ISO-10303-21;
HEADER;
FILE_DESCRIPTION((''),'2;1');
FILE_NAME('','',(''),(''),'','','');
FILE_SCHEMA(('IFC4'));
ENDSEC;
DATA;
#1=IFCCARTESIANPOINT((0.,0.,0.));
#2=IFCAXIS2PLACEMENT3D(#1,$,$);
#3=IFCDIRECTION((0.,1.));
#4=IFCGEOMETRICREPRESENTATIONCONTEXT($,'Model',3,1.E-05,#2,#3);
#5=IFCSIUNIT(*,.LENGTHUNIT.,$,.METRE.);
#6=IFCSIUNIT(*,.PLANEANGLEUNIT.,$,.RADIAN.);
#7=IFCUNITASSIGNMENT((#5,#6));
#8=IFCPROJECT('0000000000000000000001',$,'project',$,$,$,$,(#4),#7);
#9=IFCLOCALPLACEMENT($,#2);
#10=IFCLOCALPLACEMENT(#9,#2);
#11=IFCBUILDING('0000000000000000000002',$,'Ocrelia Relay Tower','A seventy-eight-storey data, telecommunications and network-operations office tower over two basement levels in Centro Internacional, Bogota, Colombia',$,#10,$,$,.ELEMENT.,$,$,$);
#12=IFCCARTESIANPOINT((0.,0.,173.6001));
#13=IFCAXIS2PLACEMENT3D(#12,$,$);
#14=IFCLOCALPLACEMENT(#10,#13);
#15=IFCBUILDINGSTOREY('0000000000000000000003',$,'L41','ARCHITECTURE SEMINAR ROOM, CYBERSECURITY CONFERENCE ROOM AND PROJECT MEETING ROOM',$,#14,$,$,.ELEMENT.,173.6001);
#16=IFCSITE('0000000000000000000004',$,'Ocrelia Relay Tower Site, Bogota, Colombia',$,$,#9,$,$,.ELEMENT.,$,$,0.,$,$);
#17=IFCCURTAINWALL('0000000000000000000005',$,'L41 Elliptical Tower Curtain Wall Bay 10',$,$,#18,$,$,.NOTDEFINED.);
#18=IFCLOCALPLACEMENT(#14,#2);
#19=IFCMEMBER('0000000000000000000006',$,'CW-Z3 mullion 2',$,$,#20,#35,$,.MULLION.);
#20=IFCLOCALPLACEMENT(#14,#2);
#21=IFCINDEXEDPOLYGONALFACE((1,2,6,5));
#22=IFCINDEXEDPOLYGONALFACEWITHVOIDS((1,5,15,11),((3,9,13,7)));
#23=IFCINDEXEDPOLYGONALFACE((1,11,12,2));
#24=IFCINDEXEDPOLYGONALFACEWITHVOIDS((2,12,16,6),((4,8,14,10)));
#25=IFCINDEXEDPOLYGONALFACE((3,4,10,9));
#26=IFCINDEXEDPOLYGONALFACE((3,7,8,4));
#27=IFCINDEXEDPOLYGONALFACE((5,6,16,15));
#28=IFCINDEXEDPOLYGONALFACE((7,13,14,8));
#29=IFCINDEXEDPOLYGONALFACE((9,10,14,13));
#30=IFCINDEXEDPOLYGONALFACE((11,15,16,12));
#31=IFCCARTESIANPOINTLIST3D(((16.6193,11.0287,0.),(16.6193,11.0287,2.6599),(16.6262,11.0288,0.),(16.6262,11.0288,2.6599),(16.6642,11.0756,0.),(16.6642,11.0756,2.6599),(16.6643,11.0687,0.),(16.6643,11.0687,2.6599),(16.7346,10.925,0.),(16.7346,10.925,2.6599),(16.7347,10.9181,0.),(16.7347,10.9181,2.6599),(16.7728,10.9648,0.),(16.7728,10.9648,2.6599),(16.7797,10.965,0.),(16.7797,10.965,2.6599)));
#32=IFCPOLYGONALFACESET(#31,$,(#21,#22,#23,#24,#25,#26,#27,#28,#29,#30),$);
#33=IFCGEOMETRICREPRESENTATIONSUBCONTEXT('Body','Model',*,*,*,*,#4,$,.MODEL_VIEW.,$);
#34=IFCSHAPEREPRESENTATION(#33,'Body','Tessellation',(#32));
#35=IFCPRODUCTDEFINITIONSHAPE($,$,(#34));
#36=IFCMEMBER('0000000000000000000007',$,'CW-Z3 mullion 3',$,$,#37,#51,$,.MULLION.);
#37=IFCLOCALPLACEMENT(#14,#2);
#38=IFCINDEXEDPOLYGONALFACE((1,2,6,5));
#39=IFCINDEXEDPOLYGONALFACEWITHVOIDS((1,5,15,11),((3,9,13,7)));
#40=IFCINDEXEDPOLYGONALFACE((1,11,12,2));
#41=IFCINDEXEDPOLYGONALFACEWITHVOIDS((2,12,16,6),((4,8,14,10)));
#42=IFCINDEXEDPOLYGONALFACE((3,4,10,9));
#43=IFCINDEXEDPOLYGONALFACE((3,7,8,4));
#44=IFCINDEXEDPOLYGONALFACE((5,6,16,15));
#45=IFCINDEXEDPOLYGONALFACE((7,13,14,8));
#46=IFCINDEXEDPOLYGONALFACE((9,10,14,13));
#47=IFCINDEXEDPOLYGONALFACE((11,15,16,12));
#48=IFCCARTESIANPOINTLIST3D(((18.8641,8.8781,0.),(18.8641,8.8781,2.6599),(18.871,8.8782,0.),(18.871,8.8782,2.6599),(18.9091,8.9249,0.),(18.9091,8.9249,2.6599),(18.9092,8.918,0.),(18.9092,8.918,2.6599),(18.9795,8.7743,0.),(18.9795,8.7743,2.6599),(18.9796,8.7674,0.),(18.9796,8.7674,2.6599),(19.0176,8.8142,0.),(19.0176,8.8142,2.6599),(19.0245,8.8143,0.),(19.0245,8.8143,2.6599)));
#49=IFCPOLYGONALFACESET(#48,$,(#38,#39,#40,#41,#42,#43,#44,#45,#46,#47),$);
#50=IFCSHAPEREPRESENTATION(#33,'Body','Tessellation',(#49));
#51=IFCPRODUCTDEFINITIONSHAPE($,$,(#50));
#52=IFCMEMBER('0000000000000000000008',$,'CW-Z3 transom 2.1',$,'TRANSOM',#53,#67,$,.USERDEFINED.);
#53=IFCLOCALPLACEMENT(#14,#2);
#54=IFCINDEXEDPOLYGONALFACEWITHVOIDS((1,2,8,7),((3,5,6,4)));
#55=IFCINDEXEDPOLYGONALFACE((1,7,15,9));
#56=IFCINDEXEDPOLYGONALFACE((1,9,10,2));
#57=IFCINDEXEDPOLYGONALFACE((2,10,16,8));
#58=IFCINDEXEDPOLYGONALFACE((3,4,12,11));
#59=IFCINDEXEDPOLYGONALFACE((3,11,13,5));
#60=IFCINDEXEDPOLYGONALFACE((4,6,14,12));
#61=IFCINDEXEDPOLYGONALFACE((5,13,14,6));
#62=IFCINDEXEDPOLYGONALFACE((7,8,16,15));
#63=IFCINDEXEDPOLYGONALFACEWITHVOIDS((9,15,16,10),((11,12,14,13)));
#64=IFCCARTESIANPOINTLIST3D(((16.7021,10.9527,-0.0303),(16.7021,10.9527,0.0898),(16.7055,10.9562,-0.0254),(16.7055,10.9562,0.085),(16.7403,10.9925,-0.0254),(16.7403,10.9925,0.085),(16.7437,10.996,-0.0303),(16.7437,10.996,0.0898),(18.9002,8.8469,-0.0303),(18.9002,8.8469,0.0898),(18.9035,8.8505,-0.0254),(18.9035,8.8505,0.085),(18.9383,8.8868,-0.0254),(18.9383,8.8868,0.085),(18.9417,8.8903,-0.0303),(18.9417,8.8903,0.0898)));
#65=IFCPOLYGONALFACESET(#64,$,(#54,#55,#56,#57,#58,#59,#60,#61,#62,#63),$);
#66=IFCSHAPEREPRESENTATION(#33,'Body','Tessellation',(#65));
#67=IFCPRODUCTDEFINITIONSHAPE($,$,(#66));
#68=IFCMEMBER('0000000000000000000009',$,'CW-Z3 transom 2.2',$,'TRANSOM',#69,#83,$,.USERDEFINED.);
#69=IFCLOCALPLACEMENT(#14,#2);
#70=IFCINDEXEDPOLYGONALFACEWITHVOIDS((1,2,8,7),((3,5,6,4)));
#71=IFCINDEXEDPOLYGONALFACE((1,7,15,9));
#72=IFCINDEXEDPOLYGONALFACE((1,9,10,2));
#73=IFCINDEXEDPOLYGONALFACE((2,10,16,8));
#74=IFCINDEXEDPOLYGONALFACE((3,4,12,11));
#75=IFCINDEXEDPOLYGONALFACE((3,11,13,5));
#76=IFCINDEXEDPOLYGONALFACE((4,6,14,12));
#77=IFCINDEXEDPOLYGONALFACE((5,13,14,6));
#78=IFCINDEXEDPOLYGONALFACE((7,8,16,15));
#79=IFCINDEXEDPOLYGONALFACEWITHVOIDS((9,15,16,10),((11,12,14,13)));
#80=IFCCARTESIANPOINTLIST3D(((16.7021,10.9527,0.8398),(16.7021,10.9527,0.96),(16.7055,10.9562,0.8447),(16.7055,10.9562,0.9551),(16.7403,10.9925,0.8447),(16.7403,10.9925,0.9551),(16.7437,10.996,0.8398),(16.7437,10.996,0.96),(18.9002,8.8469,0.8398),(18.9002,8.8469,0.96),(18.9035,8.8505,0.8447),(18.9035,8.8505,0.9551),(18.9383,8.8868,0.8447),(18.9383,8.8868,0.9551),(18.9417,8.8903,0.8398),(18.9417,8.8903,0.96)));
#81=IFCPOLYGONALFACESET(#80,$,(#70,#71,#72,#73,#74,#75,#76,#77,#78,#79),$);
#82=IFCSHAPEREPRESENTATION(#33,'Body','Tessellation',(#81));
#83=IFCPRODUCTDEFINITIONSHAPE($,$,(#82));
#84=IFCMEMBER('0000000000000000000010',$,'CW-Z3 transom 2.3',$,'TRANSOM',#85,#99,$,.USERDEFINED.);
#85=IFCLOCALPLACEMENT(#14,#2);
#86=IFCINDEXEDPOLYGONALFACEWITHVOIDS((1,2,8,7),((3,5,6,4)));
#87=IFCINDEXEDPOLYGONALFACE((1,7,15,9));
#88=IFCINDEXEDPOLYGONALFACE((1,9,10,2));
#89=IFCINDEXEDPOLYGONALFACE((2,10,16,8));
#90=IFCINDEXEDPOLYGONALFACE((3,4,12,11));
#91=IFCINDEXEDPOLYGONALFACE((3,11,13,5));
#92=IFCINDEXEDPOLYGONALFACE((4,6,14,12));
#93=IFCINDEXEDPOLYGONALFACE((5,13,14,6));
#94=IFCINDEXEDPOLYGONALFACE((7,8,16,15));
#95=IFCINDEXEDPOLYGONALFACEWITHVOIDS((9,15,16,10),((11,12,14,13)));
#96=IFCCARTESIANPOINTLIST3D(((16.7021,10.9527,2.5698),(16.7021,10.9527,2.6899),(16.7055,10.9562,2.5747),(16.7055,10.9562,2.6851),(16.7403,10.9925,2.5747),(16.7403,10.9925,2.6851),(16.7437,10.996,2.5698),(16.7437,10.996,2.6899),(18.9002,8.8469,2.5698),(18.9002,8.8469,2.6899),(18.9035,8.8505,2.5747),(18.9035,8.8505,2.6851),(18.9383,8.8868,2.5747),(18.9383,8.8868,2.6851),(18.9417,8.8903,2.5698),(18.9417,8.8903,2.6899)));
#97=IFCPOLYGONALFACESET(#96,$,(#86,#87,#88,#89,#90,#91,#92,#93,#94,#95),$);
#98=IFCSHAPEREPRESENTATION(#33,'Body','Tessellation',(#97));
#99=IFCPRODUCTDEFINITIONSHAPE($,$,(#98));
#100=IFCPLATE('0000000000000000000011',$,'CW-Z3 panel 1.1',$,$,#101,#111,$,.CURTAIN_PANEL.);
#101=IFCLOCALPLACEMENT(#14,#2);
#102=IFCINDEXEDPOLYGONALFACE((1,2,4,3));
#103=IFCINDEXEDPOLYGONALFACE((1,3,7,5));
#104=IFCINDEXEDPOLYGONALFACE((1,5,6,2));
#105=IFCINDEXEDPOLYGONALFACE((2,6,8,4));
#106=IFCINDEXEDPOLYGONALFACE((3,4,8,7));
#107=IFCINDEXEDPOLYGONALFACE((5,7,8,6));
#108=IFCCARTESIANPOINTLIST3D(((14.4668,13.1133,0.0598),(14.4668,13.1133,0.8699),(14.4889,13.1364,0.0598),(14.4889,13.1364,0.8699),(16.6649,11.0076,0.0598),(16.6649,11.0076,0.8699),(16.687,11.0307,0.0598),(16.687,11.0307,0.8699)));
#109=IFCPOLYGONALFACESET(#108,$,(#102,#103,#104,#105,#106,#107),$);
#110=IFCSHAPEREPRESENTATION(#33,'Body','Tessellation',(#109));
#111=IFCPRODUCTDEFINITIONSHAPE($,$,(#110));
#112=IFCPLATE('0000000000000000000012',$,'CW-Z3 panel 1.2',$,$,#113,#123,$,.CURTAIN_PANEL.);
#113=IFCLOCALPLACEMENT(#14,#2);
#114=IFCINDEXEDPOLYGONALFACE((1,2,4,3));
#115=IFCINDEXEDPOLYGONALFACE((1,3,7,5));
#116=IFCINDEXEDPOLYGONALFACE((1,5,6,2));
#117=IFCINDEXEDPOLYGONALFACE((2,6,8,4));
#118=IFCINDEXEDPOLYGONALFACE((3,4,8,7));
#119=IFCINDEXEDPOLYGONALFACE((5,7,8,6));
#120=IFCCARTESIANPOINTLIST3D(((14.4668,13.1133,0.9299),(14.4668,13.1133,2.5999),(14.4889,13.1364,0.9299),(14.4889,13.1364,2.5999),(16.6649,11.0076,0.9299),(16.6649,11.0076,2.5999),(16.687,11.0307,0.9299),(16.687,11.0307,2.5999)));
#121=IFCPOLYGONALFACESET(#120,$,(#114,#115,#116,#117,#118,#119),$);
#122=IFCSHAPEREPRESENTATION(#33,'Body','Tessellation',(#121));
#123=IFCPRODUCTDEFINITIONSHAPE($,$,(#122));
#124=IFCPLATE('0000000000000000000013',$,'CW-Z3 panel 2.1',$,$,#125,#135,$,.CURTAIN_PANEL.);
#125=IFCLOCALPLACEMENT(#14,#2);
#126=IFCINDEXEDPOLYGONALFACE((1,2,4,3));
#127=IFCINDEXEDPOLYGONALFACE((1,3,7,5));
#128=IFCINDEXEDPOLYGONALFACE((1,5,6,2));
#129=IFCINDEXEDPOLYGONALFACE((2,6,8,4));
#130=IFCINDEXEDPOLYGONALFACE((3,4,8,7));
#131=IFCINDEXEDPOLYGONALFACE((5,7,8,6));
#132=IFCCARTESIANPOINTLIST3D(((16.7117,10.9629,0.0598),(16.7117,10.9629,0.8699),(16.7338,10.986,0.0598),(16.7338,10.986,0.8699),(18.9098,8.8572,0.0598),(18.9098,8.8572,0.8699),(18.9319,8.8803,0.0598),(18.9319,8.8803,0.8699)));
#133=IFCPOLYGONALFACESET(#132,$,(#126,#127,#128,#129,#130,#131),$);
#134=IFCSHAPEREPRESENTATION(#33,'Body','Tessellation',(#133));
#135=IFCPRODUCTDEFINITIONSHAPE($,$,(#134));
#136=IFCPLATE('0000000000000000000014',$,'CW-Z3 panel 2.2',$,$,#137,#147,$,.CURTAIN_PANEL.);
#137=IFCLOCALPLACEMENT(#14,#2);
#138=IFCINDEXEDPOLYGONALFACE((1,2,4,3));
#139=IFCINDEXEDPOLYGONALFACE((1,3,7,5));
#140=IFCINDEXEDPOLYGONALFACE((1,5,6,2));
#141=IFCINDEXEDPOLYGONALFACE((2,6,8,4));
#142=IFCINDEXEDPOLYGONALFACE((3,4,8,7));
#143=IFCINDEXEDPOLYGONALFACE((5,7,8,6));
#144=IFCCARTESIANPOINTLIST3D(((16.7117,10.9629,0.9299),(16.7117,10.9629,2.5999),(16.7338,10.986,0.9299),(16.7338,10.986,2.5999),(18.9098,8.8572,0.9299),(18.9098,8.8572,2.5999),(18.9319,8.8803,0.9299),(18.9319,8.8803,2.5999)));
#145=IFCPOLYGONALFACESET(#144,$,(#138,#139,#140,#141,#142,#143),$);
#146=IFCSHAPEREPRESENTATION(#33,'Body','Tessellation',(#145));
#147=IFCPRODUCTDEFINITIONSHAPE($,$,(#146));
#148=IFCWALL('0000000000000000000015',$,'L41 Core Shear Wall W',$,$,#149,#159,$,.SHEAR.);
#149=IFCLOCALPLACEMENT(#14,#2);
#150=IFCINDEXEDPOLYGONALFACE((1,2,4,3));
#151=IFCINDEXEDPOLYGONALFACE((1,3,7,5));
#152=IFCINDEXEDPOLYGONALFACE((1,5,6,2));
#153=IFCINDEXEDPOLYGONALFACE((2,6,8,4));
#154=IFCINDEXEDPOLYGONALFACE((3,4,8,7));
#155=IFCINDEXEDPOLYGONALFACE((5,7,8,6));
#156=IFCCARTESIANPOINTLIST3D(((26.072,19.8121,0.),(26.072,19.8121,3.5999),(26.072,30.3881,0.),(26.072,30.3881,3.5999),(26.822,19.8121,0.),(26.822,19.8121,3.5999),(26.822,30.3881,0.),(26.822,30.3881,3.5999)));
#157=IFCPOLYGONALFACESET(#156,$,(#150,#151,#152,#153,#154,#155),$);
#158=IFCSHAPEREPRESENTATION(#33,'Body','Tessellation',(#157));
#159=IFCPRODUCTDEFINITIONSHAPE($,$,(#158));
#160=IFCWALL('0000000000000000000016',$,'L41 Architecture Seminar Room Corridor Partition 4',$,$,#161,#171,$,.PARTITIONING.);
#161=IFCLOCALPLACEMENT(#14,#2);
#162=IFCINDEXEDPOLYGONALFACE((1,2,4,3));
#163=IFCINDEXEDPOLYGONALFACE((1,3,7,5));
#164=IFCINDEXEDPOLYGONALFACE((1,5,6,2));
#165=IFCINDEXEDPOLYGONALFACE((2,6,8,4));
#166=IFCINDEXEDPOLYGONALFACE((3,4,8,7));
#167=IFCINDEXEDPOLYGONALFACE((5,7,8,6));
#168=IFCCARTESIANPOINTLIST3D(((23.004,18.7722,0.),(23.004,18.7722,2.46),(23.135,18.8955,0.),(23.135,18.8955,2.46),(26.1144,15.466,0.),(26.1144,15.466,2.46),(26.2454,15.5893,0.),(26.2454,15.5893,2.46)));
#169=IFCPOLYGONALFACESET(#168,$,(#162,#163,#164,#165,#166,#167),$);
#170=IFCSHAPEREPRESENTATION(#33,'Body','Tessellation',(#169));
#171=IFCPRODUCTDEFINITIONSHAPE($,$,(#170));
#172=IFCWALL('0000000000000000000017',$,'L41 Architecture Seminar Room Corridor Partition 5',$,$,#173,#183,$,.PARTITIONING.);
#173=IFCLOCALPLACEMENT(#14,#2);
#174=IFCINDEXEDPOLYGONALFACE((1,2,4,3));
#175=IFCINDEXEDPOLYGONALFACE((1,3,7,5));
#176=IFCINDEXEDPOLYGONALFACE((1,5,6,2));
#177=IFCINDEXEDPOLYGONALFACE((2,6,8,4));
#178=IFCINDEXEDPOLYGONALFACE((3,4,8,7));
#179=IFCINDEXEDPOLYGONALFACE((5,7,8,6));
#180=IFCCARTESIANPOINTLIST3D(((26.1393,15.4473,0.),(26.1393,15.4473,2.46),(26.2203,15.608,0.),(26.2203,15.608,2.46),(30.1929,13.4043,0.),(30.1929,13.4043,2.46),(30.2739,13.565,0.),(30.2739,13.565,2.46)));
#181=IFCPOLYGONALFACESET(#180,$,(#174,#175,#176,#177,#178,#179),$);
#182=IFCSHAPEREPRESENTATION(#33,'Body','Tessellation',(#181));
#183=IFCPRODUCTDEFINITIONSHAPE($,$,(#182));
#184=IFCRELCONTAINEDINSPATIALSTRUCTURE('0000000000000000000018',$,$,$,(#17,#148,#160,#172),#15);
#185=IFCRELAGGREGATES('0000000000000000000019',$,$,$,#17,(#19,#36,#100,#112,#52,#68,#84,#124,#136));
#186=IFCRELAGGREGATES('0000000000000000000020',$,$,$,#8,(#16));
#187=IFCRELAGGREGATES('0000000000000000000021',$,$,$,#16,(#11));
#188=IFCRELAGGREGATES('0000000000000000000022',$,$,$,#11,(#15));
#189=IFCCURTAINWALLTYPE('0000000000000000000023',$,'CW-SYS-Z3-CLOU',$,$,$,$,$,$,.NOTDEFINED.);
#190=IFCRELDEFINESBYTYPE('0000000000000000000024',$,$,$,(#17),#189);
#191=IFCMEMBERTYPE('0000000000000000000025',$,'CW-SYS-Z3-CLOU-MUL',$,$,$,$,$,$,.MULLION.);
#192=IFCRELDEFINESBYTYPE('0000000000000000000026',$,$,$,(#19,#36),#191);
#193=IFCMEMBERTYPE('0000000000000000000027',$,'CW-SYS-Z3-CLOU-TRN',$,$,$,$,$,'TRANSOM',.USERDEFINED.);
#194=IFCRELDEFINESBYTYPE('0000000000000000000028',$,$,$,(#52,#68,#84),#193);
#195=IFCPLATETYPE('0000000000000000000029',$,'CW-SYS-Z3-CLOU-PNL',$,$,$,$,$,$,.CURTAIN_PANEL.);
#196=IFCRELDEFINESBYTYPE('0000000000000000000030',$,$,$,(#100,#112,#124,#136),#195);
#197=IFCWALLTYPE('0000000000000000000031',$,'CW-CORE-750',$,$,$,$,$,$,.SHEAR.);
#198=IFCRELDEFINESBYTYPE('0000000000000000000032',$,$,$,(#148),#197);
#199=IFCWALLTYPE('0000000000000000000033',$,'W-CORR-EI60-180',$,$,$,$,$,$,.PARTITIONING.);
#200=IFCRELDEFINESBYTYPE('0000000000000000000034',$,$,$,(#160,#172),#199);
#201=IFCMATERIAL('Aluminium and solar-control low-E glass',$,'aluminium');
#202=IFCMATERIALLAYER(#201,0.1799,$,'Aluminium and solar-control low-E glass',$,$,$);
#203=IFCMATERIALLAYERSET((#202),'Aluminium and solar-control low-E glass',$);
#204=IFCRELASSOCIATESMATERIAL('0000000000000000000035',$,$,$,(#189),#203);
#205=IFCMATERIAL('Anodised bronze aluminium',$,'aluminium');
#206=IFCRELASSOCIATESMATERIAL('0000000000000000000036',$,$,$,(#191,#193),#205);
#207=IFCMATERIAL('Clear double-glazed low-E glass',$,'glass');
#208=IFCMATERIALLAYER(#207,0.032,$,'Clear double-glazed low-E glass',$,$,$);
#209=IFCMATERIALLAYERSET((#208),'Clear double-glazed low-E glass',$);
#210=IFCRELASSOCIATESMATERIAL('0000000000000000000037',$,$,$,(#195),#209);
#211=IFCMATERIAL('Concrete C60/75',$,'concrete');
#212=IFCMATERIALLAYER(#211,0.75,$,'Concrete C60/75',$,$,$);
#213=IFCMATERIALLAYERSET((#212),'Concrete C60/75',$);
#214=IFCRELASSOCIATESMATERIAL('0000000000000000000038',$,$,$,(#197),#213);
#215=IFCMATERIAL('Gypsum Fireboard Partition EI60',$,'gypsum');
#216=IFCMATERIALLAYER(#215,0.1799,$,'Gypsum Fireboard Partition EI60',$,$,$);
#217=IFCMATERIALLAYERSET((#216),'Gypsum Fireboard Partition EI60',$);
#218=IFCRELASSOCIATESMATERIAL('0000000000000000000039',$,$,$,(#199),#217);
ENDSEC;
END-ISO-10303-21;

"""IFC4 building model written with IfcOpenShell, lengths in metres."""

from ifc_helpers import new_model, si_unit, direction, frame, frame_2d, origin, origin_2d, place, context, subcontext, project, spatial, rectangle, hollow_rectangle, extrude, material, layer, layer_set, material_profile, profile_set, type_object, element, aggregate, save


model = new_model("IFC4")

# Units and contexts
model_context = context("Model", 3, precision=1e-05, world=origin(), true_north=direction((0.0, 1.0)))
body_context = subcontext(model_context, "Body", "Model", "MODEL_VIEW")
ifc_project = project(units=[si_unit("LENGTHUNIT", "METRE"), si_unit("PLANEANGLEUNIT", "RADIAN")], contexts=[model_context])

# Site, building, storey
site_placement = place(None, origin())
site = spatial("IfcSite", under=ifc_project, at=site_placement, Name="Ocrelia Relay Tower Site, Bogota, Colombia", CompositionType="ELEMENT", RefElevation=0.0)
building_placement = place(site_placement, origin())
building = spatial("IfcBuilding", under=site, at=building_placement, Name="Ocrelia Relay Tower", Description="A seventy-eight-storey data, telecommunications and network-operations office tower over two basement levels in Centro Internacional, Bogota, Colombia", CompositionType="ELEMENT")
storey_placement = place(building_placement, frame((0.0, 0.0, 173.6001)))
storey = spatial("IfcBuildingStorey", under=building, at=storey_placement, Name="L41", Description="ARCHITECTURE SEMINAR ROOM, CYBERSECURITY CONFERENCE ROOM AND PROJECT MEETING ROOM", CompositionType="ELEMENT", Elevation=173.6001)

# Shared definitions
ifc_material_1 = material(Name="Concrete C60/75", Category="concrete")

# Curtain wall, members, plates
ifc_material_2 = material(Name="Aluminium and solar-control low-E glass", Category="aluminium")
ifc_layer_1 = layer(ifc_material_2, 0.1799, Name="Aluminium and solar-control low-E glass")
ifc_layer_set_1 = layer_set([ifc_layer_1], Name="Aluminium and solar-control low-E glass")
curtain_wall_type = type_object("IfcCurtainWallType", Name="CW-SYS-Z3-CLOU", PredefinedType="NOTDEFINED", material=ifc_layer_set_1)
curtain_wall_placement = place(storey_placement, origin())
curtain_wall = element("IfcCurtainWall", 1, at=curtain_wall_placement, inside=storey, type_object=curtain_wall_type, Name="L41 Elliptical Tower Curtain Wall Bay 10", PredefinedType="NOTDEFINED")
ifc_material_3 = material(Name="Anodised bronze aluminium", Category="aluminium")
ifc_material_profile_1 = material_profile(ifc_material_3, hollow_rectangle(XDim=0.0649, YDim=0.1599, WallThickness=0.0049, at=origin_2d()), Name="CW-MUL-160x65")
ifc_profile_set_1 = profile_set([ifc_material_profile_1], Name="Anodised bronze aluminium")
member_type_1 = type_object("IfcMemberType", Name="CW-SYS-Z3-CLOU-MUL", PredefinedType="MULLION", material=ifc_profile_set_1)
member_1_placement = place(storey_placement, frame((16.6995, 10.9968, 0.0), z_axis=(0.0, 0.0, 1.0), x_axis=(0.691759, 0.722128, 0.0)))
member_1 = element("IfcMember", 2, at=member_1_placement, type_object=member_type_1, Name="CW-Z3 mullion 2", PredefinedType="MULLION", context=body_context, shape_type="SweptSolid", body=[
    extrude(hollow_rectangle(XDim=0.0649, YDim=0.1599, WallThickness=0.0049, at=origin_2d()), origin(), (0.0, 0.0, 1.0), 2.6599),
])
member_2_placement = place(storey_placement, frame((18.9443, 8.8462, 0.0), z_axis=(0.0, 0.0, 1.0), x_axis=(0.691759, 0.722128, 0.0)))
member_2 = element("IfcMember", 3, at=member_2_placement, type_object=member_type_1, Name="CW-Z3 mullion 3", PredefinedType="MULLION", context=body_context, shape_type="SweptSolid", body=[
    extrude(hollow_rectangle(XDim=0.0649, YDim=0.1599, WallThickness=0.0049, at=origin_2d()), origin(), (0.0, 0.0, 1.0), 2.6599),
])
ifc_material_profile_2 = material_profile(ifc_material_3, hollow_rectangle(XDim=0.0601, YDim=0.1201, WallThickness=0.0049, at=origin_2d()), Name="CW-TRN-120x60")
ifc_profile_set_2 = profile_set([ifc_material_profile_2], Name="Anodised bronze aluminium")
member_type_2 = type_object("IfcMemberType", Name="CW-SYS-Z3-CLOU-TRN", ElementType="TRANSOM", PredefinedType="USERDEFINED", material=ifc_profile_set_2)
member_3_placement = place(storey_placement, frame((16.7229, 10.9744, 0.0298), z_axis=(0.722103, -0.691785, 0.0), x_axis=(0.691785, 0.722103, 0.0)))
member_3 = element("IfcMember", 4, at=member_3_placement, type_object=member_type_2, Name="CW-Z3 transom 2.1", ObjectType="TRANSOM", PredefinedType="USERDEFINED", context=body_context, shape_type="SweptSolid", body=[
    extrude(hollow_rectangle(XDim=0.0601, YDim=0.1201, WallThickness=0.0049, at=origin_2d()), origin(), (0.0, 0.0, 1.0), 3.0439),
])
member_4_placement = place(storey_placement, frame((16.7229, 10.9744, 0.8999), z_axis=(0.722103, -0.691785, 0.0), x_axis=(0.691785, 0.722103, 0.0)))
member_4 = element("IfcMember", 5, at=member_4_placement, type_object=member_type_2, Name="CW-Z3 transom 2.2", ObjectType="TRANSOM", PredefinedType="USERDEFINED", context=body_context, shape_type="SweptSolid", body=[
    extrude(hollow_rectangle(XDim=0.0601, YDim=0.1201, WallThickness=0.0049, at=origin_2d()), origin(), (0.0, 0.0, 1.0), 3.0439),
])
member_5_placement = place(storey_placement, frame((16.7229, 10.9744, 2.6299), z_axis=(0.722103, -0.691785, 0.0), x_axis=(0.691785, 0.722103, 0.0)))
member_5 = element("IfcMember", 6, at=member_5_placement, type_object=member_type_2, Name="CW-Z3 transom 2.3", ObjectType="TRANSOM", PredefinedType="USERDEFINED", context=body_context, shape_type="SweptSolid", body=[
    extrude(hollow_rectangle(XDim=0.0601, YDim=0.1201, WallThickness=0.0049, at=origin_2d()), origin(), (0.0, 0.0, 1.0), 3.0439),
])
ifc_material_4 = material(Name="Clear double-glazed low-E glass", Category="glass")
ifc_layer_2 = layer(ifc_material_4, 0.032, Name="Clear double-glazed low-E glass")
ifc_layer_set_2 = layer_set([ifc_layer_2], Name="Clear double-glazed low-E glass")
plate_type = type_object("IfcPlateType", Name="CW-SYS-Z3-CLOU-PNL", PredefinedType="CURTAIN_PANEL", material=ifc_layer_set_2)
plate_1_placement = place(storey_placement, frame((15.5769, 12.072, 0.0598), z_axis=(0.0, 0.0, 1.0), x_axis=(0.722128, -0.691759, 0.0)))
plate_1 = element("IfcPlate", 7, at=plate_1_placement, type_object=plate_type, Name="CW-Z3 panel 1.1", PredefinedType="CURTAIN_PANEL", context=body_context, shape_type="SweptSolid", body=[
    extrude(rectangle(XDim=3.0439, YDim=0.032, at=origin_2d()), origin(), (0.0, 0.0, 1.0), 0.8101),
])
plate_2_placement = place(storey_placement, frame((15.5769, 12.072, 0.9299), z_axis=(0.0, 0.0, 1.0), x_axis=(0.722128, -0.691759, 0.0)))
plate_2 = element("IfcPlate", 8, at=plate_2_placement, type_object=plate_type, Name="CW-Z3 panel 1.2", PredefinedType="CURTAIN_PANEL", context=body_context, shape_type="SweptSolid", body=[
    extrude(rectangle(XDim=3.0439, YDim=0.032, at=origin_2d()), origin(), (0.0, 0.0, 1.0), 1.6699),
])
plate_3_placement = place(storey_placement, frame((17.8218, 9.9216, 0.0598), z_axis=(0.0, 0.0, 1.0), x_axis=(0.722128, -0.691759, 0.0)))
plate_3 = element("IfcPlate", 9, at=plate_3_placement, type_object=plate_type, Name="CW-Z3 panel 2.1", PredefinedType="CURTAIN_PANEL", context=body_context, shape_type="SweptSolid", body=[
    extrude(rectangle(XDim=3.0439, YDim=0.032, at=origin_2d()), origin(), (0.0, 0.0, 1.0), 0.8101),
])
plate_4_placement = place(storey_placement, frame((17.8218, 9.9216, 0.9299), z_axis=(0.0, 0.0, 1.0), x_axis=(0.722128, -0.691759, 0.0)))
plate_4 = element("IfcPlate", 10, at=plate_4_placement, type_object=plate_type, Name="CW-Z3 panel 2.2", PredefinedType="CURTAIN_PANEL", context=body_context, shape_type="SweptSolid", body=[
    extrude(rectangle(XDim=3.0439, YDim=0.032, at=origin_2d()), origin(), (0.0, 0.0, 1.0), 1.6699),
])
aggregate(curtain_wall, [member_1, member_2, plate_1, plate_2, member_3, member_4, member_5, plate_3, plate_4])

# Walls
ifc_layer_3 = layer(ifc_material_1, 0.75, Name="Concrete C60/75")
ifc_layer_set_3 = layer_set([ifc_layer_3], Name="Concrete C60/75")
wall_type_1 = type_object("IfcWallType", Name="CW-CORE-750", PredefinedType="SHEAR", material=ifc_layer_set_3)
wall_1_placement = place(storey_placement, frame((26.447, 19.812, 0.0), z_axis=(0.0, 0.0, 1.0), x_axis=(0.0, 1.0, 0.0)))
element("IfcWall", 11, at=wall_1_placement, inside=storey, type_object=wall_type_1, Name="L41 Core Shear Wall W", PredefinedType="SHEAR", context=body_context, shape_type="SweptSolid", body=[
    extrude(rectangle(XDim=10.5759, YDim=0.75, at=frame_2d((5.2881, 0.0))), origin(), (0.0, 0.0, 1.0), 3.5999),
])
ifc_material_5 = material(Name="Gypsum Fireboard Partition EI60", Category="gypsum")
ifc_layer_4 = layer(ifc_material_5, 0.1799, Name="Gypsum Fireboard Partition EI60")
ifc_layer_set_4 = layer_set([ifc_layer_4], Name="Gypsum Fireboard Partition EI60")
wall_type_2 = type_object("IfcWallType", Name="W-CORR-EI60-180", PredefinedType="PARTITIONING", material=ifc_layer_set_4)
for number, where, z_axis, x_axis, name in (
    (12, (23.0696, 18.8337, 0.0), (0.0, 0.0, 1.0), (0.68521, -0.728345, 0.0), "L41 Architecture Seminar Room Corridor Partition 4"),
    (13, (26.1799, 15.5276, 0.0), (0.0, 0.0, 1.0), (0.892992, -0.450073, 0.0), "L41 Architecture Seminar Room Corridor Partition 5"),
):
    element("IfcWall", number, at=place(storey_placement, frame(where, z_axis=z_axis, x_axis=x_axis)), inside=storey, type_object=wall_type_2, Name=name, PredefinedType="PARTITIONING", context=body_context, shape_type="SweptSolid", body=[
        extrude(rectangle(XDim=4.5393, YDim=0.1799, at=frame_2d((2.2695, 0.0))), origin(), (0.0, 0.0, 1.0), 2.46),
    ])

save(model, "model.ifc")
